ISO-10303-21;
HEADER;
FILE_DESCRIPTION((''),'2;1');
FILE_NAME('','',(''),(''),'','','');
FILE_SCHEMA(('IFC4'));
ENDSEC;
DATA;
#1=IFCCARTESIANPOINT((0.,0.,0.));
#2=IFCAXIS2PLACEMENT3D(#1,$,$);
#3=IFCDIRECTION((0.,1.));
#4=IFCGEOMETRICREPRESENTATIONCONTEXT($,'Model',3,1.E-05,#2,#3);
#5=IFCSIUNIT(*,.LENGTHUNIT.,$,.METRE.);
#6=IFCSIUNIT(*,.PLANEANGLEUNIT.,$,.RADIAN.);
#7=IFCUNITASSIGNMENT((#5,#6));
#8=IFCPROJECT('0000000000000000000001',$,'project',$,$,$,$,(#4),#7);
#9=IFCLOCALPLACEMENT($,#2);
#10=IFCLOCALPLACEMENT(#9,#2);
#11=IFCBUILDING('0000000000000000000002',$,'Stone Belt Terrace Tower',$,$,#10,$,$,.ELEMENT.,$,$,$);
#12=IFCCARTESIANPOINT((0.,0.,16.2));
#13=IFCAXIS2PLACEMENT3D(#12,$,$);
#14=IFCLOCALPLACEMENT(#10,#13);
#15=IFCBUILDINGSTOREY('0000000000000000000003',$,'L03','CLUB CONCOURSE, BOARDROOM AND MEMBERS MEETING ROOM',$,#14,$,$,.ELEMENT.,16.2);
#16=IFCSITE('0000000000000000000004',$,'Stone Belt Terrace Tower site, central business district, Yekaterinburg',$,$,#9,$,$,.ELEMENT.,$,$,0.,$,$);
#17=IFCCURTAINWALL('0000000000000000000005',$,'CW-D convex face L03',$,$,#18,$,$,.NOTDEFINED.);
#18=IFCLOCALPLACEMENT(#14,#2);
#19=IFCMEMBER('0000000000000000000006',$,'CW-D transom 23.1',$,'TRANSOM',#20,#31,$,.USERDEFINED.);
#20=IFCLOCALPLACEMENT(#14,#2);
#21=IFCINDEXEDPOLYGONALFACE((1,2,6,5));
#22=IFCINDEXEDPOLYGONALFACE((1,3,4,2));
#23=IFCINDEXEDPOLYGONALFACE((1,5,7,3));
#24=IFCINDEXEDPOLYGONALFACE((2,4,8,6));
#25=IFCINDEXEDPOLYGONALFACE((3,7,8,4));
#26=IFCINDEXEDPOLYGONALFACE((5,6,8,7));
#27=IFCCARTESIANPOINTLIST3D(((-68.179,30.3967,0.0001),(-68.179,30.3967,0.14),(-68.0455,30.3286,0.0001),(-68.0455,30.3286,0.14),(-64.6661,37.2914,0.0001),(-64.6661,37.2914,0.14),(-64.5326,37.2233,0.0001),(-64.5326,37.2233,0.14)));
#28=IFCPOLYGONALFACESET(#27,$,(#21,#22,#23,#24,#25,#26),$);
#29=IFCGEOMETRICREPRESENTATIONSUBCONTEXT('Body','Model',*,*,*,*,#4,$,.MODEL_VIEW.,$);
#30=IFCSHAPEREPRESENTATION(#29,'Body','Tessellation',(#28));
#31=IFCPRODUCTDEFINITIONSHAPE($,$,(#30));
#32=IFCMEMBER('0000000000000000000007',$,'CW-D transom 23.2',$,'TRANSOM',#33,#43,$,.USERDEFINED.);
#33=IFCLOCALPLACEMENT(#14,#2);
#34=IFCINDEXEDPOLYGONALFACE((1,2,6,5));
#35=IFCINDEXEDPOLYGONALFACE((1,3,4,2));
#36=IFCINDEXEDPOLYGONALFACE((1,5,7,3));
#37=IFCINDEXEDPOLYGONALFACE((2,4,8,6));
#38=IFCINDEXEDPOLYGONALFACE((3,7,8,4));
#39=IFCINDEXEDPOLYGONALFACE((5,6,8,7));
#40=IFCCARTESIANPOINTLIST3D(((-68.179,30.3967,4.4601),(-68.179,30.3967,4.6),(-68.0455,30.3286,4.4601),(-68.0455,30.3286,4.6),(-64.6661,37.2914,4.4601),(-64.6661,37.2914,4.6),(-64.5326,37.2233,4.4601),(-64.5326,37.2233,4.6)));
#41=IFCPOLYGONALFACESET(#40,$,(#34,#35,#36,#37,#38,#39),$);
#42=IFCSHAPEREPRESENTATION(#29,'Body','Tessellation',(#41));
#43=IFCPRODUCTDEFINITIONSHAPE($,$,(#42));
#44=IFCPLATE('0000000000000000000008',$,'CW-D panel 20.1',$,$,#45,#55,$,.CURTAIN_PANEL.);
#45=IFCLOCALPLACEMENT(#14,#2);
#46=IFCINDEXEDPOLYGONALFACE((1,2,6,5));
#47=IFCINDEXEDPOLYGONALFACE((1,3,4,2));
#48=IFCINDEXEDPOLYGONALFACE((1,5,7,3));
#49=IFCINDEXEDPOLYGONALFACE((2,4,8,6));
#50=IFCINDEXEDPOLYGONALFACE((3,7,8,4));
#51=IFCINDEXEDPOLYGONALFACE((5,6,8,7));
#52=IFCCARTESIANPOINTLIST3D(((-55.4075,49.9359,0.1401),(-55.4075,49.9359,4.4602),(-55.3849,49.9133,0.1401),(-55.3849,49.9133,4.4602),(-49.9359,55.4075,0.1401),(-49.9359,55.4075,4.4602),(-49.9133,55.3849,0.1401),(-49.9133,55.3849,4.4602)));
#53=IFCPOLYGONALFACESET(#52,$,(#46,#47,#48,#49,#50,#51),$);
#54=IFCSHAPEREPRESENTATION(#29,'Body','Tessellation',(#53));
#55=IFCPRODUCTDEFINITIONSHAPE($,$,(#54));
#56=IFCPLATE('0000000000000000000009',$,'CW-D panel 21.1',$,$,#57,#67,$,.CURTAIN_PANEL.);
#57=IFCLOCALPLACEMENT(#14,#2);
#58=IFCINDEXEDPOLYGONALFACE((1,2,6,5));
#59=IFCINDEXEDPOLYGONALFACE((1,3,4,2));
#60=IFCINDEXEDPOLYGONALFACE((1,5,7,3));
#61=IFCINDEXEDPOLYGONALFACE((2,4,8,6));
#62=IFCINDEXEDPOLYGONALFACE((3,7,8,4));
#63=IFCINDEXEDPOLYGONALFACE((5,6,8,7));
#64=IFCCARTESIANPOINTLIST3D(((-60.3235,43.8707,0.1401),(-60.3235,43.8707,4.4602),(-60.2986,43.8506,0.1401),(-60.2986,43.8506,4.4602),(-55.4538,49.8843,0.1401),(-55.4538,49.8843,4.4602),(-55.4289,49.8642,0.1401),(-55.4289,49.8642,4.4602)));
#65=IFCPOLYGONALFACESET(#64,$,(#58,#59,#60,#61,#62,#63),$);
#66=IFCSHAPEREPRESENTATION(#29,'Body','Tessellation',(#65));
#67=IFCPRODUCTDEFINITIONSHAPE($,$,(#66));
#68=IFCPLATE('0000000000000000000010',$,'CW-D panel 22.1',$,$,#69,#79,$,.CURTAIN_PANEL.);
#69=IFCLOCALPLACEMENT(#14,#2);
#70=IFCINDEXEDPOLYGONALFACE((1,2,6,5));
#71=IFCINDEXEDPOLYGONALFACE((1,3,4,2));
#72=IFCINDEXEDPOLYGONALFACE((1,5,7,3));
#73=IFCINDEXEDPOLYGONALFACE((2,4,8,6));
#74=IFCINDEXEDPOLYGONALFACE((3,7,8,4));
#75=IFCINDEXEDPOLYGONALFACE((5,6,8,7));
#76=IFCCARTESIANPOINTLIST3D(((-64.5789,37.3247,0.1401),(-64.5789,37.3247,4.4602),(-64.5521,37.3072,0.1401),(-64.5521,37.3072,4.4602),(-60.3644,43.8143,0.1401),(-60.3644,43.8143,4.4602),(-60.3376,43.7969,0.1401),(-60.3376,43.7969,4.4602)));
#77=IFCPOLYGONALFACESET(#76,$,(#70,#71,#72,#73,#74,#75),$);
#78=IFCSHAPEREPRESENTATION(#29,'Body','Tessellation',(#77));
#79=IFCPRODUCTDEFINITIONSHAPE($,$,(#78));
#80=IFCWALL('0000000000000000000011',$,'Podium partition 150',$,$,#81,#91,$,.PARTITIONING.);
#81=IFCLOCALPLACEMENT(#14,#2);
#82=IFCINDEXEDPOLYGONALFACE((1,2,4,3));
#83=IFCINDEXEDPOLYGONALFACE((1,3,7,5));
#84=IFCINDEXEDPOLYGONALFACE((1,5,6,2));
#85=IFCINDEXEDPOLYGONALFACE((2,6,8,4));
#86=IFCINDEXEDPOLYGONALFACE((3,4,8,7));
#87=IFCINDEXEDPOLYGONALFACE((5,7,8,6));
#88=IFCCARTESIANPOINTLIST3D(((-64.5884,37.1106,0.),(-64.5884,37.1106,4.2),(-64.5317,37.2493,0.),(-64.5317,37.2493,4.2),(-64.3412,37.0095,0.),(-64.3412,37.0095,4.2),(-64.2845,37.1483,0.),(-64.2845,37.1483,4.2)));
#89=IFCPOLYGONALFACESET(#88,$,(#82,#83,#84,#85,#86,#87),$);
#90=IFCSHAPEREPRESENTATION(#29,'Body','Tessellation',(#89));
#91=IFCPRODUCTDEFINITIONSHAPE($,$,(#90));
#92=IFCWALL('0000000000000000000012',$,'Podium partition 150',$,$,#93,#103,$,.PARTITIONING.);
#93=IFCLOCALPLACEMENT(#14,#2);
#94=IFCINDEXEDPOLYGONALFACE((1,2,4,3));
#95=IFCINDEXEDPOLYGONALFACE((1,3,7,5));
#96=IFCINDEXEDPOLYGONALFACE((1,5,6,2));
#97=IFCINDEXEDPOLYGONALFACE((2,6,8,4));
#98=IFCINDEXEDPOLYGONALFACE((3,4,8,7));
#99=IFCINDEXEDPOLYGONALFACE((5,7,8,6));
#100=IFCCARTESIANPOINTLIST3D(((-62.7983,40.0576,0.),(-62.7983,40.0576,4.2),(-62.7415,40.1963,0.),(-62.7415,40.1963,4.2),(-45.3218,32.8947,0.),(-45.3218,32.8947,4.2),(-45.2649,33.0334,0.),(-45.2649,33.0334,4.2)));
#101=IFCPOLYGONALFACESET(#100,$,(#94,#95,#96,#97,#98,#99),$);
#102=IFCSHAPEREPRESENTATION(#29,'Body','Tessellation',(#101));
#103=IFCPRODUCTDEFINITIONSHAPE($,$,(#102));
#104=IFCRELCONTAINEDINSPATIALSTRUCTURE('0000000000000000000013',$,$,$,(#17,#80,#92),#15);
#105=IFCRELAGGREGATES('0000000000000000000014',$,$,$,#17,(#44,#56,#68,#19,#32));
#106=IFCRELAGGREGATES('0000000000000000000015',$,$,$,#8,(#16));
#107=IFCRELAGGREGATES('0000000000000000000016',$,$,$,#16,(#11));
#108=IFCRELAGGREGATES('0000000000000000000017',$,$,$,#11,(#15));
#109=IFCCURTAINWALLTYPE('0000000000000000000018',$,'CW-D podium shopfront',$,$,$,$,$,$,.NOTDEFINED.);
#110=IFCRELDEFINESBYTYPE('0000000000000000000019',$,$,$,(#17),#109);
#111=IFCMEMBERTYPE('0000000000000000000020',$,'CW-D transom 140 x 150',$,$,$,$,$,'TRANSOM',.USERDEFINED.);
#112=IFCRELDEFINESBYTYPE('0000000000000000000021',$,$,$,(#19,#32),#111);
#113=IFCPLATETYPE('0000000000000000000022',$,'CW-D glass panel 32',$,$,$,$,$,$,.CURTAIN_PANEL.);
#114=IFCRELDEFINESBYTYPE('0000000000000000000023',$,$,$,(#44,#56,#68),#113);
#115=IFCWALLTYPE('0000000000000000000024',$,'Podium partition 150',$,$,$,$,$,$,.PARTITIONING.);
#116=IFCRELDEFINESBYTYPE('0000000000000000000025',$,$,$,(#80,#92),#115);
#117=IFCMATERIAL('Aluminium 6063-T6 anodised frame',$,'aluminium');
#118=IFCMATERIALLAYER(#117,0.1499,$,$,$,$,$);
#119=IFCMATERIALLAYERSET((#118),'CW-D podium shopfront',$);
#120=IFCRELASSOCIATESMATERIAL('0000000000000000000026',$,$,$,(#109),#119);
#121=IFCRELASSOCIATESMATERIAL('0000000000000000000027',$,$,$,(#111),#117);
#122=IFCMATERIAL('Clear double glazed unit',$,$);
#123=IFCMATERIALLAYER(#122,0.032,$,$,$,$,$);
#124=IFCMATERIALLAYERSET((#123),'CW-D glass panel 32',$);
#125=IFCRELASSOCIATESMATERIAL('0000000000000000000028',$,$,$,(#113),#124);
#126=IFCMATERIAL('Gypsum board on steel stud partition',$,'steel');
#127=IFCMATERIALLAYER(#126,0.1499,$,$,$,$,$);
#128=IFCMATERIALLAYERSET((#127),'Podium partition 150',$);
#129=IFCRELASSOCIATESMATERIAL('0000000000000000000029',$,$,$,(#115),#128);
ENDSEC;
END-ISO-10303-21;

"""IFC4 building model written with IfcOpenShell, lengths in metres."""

from ifc_helpers import new_model, si_unit, direction, frame, frame_2d, origin, origin_2d, place, context, subcontext, project, spatial, rectangle, extrude, material, layer, layer_set, material_profile, profile_set, type_object, element, aggregate, save


model = new_model("IFC4")

# Units and contexts
model_context = context("Model", 3, precision=1e-05, world=origin(), true_north=direction((0.0, 1.0)))
body_context = subcontext(model_context, "Body", "Model", "MODEL_VIEW")
ifc_project = project(units=[si_unit("LENGTHUNIT", "METRE"), si_unit("PLANEANGLEUNIT", "RADIAN")], contexts=[model_context])

# Site, building, storey
site_placement = place(None, origin())
site = spatial("IfcSite", under=ifc_project, at=site_placement, Name="Stone Belt Terrace Tower site, central business district, Yekaterinburg", CompositionType="ELEMENT", RefElevation=0.0)
building_placement = place(site_placement, origin())
building = spatial("IfcBuilding", under=site, at=building_placement, Name="Stone Belt Terrace Tower", CompositionType="ELEMENT")
storey_placement = place(building_placement, frame((0.0, 0.0, 16.2)))
storey = spatial("IfcBuildingStorey", under=building, at=storey_placement, Name="L03", Description="CLUB CONCOURSE, BOARDROOM AND MEMBERS MEETING ROOM", CompositionType="ELEMENT", Elevation=16.2)

# Curtain wall, members, plates
ifc_material_1 = material(Name="Aluminium 6063-T6 anodised frame", Category="aluminium")
ifc_layer_1 = layer(ifc_material_1, 0.1499)
ifc_layer_set_1 = layer_set([ifc_layer_1], Name="CW-D podium shopfront")
curtain_wall_type = type_object("IfcCurtainWallType", Name="CW-D podium shopfront", PredefinedType="NOTDEFINED", material=ifc_layer_set_1)
curtain_wall_placement = place(storey_placement, origin())
curtain_wall = element("IfcCurtainWall", 1, at=curtain_wall_placement, inside=storey, type_object=curtain_wall_type, Name="CW-D convex face L03", PredefinedType="NOTDEFINED")
ifc_material_profile_1 = material_profile(ifc_material_1, rectangle(XDim=0.1499, YDim=0.1399, at=origin_2d()), Name="Aluminium 6063-T6 150x140")
ifc_profile_set_1 = profile_set([ifc_material_profile_1], Name="Aluminium 6063-T6 anodised frame")
member_type_1 = type_object("IfcMemberType", Name="CW-D transom 140 x 150", ElementType="TRANSOM", PredefinedType="USERDEFINED", material=ifc_profile_set_1)
member_1_placement = place(storey_placement, frame((-64.5994, 37.2573, 0.0701), z_axis=(-0.453978, -0.891013, 0.0), x_axis=(0.891013, -0.453978, 0.0)))
member_1 = element("IfcMember", 2, at=member_1_placement, type_object=member_type_1, Name="CW-D transom 23.1", ObjectType="TRANSOM", PredefinedType="USERDEFINED", context=body_context, shape_type="SweptSolid", body=[
    extrude(rectangle(XDim=0.1499, YDim=0.1399, at=origin_2d()), origin(), (0.0, 0.0, 1.0), 7.738),
])
member_2_placement = place(storey_placement, frame((-64.5994, 37.2573, 4.53), z_axis=(-0.453978, -0.891013, 0.0), x_axis=(0.891013, -0.453978, 0.0)))
member_2 = element("IfcMember", 3, at=member_2_placement, type_object=member_type_1, Name="CW-D transom 23.2", ObjectType="TRANSOM", PredefinedType="USERDEFINED", context=body_context, shape_type="SweptSolid", body=[
    extrude(rectangle(XDim=0.1499, YDim=0.1399, at=origin_2d()), origin(), (0.0, 0.0, 1.0), 7.738),
])
ifc_material_2 = material(Name="Clear double glazed unit")
ifc_layer_2 = layer(ifc_material_2, 0.032)
ifc_layer_set_2 = layer_set([ifc_layer_2], Name="CW-D glass panel 32")
plate_type = type_object("IfcPlateType", Name="CW-D glass panel 32", PredefinedType="CURTAIN_PANEL", material=ifc_layer_set_2)
plate_1_placement = place(storey_placement, frame((-52.6604, 52.6604, 0.1401), z_axis=(0.0, 0.0, 1.0), x_axis=(-0.707107, -0.707107, 0.0)))
plate_1 = element("IfcPlate", 4, at=plate_1_placement, type_object=plate_type, Name="CW-D panel 20.1", PredefinedType="CURTAIN_PANEL", context=body_context, shape_type="SweptSolid", body=[
    extrude(rectangle(XDim=7.738, YDim=0.032, at=origin_2d()), origin(), (0.0, 0.0, 1.0), 4.3201),
])
plate_2_placement = place(storey_placement, frame((-57.8762, 46.8674, 0.1401), z_axis=(0.0, 0.0, 1.0), x_axis=(-0.62932, -0.777146, 0.0)))
plate_2 = element("IfcPlate", 5, at=plate_2_placement, type_object=plate_type, Name="CW-D panel 21.1", PredefinedType="CURTAIN_PANEL", context=body_context, shape_type="SweptSolid", body=[
    extrude(rectangle(XDim=7.738, YDim=0.032, at=origin_2d()), origin(), (0.0, 0.0, 1.0), 4.3201),
])
plate_3_placement = place(storey_placement, frame((-62.4583, 40.5608, 0.1401), z_axis=(0.0, 0.0, 1.0), x_axis=(-0.544639, -0.838671, 0.0)))
plate_3 = element("IfcPlate", 6, at=plate_3_placement, type_object=plate_type, Name="CW-D panel 22.1", PredefinedType="CURTAIN_PANEL", context=body_context, shape_type="SweptSolid", body=[
    extrude(rectangle(XDim=7.738, YDim=0.032, at=origin_2d()), origin(), (0.0, 0.0, 1.0), 4.3201),
])
aggregate(curtain_wall, [plate_1, plate_2, plate_3, member_1, member_2])

# Walls
ifc_material_3 = material(Name="Gypsum board on steel stud partition", Category="steel")
ifc_layer_3 = layer(ifc_material_3, 0.1499)
ifc_layer_set_3 = layer_set([ifc_layer_3], Name="Podium partition 150")
wall_type = type_object("IfcWallType", Name="Podium partition 150", PredefinedType="PARTITIONING", material=ifc_layer_set_3)
wall_1_placement = place(storey_placement, frame((-64.5601, 37.1799, 0.0), z_axis=(0.0, 0.0, 1.0), x_axis=(0.925678, -0.378313, 0.0)))
element("IfcWall", 7, at=wall_1_placement, inside=storey, type_object=wall_type, Name="Podium partition 150", PredefinedType="PARTITIONING", context=body_context, shape_type="SweptSolid", body=[
    extrude(rectangle(XDim=0.2671, YDim=0.1499, at=frame_2d((0.1335, 0.0))), origin(), (0.0, 0.0, 1.0), 4.2),
])
wall_2_placement = place(storey_placement, frame((-62.77, 40.127, 0.0), z_axis=(0.0, 0.0, 1.0), x_axis=(0.925299, -0.379238, 0.0)))
element("IfcWall", 8, at=wall_2_placement, inside=storey, type_object=wall_type, Name="Podium partition 150", PredefinedType="PARTITIONING", context=body_context, shape_type="SweptSolid", body=[
    extrude(rectangle(XDim=18.8875, YDim=0.1499, at=frame_2d((9.4438, 0.0))), origin(), (0.0, 0.0, 1.0), 4.2),
])

save(model, "model.ifc")
